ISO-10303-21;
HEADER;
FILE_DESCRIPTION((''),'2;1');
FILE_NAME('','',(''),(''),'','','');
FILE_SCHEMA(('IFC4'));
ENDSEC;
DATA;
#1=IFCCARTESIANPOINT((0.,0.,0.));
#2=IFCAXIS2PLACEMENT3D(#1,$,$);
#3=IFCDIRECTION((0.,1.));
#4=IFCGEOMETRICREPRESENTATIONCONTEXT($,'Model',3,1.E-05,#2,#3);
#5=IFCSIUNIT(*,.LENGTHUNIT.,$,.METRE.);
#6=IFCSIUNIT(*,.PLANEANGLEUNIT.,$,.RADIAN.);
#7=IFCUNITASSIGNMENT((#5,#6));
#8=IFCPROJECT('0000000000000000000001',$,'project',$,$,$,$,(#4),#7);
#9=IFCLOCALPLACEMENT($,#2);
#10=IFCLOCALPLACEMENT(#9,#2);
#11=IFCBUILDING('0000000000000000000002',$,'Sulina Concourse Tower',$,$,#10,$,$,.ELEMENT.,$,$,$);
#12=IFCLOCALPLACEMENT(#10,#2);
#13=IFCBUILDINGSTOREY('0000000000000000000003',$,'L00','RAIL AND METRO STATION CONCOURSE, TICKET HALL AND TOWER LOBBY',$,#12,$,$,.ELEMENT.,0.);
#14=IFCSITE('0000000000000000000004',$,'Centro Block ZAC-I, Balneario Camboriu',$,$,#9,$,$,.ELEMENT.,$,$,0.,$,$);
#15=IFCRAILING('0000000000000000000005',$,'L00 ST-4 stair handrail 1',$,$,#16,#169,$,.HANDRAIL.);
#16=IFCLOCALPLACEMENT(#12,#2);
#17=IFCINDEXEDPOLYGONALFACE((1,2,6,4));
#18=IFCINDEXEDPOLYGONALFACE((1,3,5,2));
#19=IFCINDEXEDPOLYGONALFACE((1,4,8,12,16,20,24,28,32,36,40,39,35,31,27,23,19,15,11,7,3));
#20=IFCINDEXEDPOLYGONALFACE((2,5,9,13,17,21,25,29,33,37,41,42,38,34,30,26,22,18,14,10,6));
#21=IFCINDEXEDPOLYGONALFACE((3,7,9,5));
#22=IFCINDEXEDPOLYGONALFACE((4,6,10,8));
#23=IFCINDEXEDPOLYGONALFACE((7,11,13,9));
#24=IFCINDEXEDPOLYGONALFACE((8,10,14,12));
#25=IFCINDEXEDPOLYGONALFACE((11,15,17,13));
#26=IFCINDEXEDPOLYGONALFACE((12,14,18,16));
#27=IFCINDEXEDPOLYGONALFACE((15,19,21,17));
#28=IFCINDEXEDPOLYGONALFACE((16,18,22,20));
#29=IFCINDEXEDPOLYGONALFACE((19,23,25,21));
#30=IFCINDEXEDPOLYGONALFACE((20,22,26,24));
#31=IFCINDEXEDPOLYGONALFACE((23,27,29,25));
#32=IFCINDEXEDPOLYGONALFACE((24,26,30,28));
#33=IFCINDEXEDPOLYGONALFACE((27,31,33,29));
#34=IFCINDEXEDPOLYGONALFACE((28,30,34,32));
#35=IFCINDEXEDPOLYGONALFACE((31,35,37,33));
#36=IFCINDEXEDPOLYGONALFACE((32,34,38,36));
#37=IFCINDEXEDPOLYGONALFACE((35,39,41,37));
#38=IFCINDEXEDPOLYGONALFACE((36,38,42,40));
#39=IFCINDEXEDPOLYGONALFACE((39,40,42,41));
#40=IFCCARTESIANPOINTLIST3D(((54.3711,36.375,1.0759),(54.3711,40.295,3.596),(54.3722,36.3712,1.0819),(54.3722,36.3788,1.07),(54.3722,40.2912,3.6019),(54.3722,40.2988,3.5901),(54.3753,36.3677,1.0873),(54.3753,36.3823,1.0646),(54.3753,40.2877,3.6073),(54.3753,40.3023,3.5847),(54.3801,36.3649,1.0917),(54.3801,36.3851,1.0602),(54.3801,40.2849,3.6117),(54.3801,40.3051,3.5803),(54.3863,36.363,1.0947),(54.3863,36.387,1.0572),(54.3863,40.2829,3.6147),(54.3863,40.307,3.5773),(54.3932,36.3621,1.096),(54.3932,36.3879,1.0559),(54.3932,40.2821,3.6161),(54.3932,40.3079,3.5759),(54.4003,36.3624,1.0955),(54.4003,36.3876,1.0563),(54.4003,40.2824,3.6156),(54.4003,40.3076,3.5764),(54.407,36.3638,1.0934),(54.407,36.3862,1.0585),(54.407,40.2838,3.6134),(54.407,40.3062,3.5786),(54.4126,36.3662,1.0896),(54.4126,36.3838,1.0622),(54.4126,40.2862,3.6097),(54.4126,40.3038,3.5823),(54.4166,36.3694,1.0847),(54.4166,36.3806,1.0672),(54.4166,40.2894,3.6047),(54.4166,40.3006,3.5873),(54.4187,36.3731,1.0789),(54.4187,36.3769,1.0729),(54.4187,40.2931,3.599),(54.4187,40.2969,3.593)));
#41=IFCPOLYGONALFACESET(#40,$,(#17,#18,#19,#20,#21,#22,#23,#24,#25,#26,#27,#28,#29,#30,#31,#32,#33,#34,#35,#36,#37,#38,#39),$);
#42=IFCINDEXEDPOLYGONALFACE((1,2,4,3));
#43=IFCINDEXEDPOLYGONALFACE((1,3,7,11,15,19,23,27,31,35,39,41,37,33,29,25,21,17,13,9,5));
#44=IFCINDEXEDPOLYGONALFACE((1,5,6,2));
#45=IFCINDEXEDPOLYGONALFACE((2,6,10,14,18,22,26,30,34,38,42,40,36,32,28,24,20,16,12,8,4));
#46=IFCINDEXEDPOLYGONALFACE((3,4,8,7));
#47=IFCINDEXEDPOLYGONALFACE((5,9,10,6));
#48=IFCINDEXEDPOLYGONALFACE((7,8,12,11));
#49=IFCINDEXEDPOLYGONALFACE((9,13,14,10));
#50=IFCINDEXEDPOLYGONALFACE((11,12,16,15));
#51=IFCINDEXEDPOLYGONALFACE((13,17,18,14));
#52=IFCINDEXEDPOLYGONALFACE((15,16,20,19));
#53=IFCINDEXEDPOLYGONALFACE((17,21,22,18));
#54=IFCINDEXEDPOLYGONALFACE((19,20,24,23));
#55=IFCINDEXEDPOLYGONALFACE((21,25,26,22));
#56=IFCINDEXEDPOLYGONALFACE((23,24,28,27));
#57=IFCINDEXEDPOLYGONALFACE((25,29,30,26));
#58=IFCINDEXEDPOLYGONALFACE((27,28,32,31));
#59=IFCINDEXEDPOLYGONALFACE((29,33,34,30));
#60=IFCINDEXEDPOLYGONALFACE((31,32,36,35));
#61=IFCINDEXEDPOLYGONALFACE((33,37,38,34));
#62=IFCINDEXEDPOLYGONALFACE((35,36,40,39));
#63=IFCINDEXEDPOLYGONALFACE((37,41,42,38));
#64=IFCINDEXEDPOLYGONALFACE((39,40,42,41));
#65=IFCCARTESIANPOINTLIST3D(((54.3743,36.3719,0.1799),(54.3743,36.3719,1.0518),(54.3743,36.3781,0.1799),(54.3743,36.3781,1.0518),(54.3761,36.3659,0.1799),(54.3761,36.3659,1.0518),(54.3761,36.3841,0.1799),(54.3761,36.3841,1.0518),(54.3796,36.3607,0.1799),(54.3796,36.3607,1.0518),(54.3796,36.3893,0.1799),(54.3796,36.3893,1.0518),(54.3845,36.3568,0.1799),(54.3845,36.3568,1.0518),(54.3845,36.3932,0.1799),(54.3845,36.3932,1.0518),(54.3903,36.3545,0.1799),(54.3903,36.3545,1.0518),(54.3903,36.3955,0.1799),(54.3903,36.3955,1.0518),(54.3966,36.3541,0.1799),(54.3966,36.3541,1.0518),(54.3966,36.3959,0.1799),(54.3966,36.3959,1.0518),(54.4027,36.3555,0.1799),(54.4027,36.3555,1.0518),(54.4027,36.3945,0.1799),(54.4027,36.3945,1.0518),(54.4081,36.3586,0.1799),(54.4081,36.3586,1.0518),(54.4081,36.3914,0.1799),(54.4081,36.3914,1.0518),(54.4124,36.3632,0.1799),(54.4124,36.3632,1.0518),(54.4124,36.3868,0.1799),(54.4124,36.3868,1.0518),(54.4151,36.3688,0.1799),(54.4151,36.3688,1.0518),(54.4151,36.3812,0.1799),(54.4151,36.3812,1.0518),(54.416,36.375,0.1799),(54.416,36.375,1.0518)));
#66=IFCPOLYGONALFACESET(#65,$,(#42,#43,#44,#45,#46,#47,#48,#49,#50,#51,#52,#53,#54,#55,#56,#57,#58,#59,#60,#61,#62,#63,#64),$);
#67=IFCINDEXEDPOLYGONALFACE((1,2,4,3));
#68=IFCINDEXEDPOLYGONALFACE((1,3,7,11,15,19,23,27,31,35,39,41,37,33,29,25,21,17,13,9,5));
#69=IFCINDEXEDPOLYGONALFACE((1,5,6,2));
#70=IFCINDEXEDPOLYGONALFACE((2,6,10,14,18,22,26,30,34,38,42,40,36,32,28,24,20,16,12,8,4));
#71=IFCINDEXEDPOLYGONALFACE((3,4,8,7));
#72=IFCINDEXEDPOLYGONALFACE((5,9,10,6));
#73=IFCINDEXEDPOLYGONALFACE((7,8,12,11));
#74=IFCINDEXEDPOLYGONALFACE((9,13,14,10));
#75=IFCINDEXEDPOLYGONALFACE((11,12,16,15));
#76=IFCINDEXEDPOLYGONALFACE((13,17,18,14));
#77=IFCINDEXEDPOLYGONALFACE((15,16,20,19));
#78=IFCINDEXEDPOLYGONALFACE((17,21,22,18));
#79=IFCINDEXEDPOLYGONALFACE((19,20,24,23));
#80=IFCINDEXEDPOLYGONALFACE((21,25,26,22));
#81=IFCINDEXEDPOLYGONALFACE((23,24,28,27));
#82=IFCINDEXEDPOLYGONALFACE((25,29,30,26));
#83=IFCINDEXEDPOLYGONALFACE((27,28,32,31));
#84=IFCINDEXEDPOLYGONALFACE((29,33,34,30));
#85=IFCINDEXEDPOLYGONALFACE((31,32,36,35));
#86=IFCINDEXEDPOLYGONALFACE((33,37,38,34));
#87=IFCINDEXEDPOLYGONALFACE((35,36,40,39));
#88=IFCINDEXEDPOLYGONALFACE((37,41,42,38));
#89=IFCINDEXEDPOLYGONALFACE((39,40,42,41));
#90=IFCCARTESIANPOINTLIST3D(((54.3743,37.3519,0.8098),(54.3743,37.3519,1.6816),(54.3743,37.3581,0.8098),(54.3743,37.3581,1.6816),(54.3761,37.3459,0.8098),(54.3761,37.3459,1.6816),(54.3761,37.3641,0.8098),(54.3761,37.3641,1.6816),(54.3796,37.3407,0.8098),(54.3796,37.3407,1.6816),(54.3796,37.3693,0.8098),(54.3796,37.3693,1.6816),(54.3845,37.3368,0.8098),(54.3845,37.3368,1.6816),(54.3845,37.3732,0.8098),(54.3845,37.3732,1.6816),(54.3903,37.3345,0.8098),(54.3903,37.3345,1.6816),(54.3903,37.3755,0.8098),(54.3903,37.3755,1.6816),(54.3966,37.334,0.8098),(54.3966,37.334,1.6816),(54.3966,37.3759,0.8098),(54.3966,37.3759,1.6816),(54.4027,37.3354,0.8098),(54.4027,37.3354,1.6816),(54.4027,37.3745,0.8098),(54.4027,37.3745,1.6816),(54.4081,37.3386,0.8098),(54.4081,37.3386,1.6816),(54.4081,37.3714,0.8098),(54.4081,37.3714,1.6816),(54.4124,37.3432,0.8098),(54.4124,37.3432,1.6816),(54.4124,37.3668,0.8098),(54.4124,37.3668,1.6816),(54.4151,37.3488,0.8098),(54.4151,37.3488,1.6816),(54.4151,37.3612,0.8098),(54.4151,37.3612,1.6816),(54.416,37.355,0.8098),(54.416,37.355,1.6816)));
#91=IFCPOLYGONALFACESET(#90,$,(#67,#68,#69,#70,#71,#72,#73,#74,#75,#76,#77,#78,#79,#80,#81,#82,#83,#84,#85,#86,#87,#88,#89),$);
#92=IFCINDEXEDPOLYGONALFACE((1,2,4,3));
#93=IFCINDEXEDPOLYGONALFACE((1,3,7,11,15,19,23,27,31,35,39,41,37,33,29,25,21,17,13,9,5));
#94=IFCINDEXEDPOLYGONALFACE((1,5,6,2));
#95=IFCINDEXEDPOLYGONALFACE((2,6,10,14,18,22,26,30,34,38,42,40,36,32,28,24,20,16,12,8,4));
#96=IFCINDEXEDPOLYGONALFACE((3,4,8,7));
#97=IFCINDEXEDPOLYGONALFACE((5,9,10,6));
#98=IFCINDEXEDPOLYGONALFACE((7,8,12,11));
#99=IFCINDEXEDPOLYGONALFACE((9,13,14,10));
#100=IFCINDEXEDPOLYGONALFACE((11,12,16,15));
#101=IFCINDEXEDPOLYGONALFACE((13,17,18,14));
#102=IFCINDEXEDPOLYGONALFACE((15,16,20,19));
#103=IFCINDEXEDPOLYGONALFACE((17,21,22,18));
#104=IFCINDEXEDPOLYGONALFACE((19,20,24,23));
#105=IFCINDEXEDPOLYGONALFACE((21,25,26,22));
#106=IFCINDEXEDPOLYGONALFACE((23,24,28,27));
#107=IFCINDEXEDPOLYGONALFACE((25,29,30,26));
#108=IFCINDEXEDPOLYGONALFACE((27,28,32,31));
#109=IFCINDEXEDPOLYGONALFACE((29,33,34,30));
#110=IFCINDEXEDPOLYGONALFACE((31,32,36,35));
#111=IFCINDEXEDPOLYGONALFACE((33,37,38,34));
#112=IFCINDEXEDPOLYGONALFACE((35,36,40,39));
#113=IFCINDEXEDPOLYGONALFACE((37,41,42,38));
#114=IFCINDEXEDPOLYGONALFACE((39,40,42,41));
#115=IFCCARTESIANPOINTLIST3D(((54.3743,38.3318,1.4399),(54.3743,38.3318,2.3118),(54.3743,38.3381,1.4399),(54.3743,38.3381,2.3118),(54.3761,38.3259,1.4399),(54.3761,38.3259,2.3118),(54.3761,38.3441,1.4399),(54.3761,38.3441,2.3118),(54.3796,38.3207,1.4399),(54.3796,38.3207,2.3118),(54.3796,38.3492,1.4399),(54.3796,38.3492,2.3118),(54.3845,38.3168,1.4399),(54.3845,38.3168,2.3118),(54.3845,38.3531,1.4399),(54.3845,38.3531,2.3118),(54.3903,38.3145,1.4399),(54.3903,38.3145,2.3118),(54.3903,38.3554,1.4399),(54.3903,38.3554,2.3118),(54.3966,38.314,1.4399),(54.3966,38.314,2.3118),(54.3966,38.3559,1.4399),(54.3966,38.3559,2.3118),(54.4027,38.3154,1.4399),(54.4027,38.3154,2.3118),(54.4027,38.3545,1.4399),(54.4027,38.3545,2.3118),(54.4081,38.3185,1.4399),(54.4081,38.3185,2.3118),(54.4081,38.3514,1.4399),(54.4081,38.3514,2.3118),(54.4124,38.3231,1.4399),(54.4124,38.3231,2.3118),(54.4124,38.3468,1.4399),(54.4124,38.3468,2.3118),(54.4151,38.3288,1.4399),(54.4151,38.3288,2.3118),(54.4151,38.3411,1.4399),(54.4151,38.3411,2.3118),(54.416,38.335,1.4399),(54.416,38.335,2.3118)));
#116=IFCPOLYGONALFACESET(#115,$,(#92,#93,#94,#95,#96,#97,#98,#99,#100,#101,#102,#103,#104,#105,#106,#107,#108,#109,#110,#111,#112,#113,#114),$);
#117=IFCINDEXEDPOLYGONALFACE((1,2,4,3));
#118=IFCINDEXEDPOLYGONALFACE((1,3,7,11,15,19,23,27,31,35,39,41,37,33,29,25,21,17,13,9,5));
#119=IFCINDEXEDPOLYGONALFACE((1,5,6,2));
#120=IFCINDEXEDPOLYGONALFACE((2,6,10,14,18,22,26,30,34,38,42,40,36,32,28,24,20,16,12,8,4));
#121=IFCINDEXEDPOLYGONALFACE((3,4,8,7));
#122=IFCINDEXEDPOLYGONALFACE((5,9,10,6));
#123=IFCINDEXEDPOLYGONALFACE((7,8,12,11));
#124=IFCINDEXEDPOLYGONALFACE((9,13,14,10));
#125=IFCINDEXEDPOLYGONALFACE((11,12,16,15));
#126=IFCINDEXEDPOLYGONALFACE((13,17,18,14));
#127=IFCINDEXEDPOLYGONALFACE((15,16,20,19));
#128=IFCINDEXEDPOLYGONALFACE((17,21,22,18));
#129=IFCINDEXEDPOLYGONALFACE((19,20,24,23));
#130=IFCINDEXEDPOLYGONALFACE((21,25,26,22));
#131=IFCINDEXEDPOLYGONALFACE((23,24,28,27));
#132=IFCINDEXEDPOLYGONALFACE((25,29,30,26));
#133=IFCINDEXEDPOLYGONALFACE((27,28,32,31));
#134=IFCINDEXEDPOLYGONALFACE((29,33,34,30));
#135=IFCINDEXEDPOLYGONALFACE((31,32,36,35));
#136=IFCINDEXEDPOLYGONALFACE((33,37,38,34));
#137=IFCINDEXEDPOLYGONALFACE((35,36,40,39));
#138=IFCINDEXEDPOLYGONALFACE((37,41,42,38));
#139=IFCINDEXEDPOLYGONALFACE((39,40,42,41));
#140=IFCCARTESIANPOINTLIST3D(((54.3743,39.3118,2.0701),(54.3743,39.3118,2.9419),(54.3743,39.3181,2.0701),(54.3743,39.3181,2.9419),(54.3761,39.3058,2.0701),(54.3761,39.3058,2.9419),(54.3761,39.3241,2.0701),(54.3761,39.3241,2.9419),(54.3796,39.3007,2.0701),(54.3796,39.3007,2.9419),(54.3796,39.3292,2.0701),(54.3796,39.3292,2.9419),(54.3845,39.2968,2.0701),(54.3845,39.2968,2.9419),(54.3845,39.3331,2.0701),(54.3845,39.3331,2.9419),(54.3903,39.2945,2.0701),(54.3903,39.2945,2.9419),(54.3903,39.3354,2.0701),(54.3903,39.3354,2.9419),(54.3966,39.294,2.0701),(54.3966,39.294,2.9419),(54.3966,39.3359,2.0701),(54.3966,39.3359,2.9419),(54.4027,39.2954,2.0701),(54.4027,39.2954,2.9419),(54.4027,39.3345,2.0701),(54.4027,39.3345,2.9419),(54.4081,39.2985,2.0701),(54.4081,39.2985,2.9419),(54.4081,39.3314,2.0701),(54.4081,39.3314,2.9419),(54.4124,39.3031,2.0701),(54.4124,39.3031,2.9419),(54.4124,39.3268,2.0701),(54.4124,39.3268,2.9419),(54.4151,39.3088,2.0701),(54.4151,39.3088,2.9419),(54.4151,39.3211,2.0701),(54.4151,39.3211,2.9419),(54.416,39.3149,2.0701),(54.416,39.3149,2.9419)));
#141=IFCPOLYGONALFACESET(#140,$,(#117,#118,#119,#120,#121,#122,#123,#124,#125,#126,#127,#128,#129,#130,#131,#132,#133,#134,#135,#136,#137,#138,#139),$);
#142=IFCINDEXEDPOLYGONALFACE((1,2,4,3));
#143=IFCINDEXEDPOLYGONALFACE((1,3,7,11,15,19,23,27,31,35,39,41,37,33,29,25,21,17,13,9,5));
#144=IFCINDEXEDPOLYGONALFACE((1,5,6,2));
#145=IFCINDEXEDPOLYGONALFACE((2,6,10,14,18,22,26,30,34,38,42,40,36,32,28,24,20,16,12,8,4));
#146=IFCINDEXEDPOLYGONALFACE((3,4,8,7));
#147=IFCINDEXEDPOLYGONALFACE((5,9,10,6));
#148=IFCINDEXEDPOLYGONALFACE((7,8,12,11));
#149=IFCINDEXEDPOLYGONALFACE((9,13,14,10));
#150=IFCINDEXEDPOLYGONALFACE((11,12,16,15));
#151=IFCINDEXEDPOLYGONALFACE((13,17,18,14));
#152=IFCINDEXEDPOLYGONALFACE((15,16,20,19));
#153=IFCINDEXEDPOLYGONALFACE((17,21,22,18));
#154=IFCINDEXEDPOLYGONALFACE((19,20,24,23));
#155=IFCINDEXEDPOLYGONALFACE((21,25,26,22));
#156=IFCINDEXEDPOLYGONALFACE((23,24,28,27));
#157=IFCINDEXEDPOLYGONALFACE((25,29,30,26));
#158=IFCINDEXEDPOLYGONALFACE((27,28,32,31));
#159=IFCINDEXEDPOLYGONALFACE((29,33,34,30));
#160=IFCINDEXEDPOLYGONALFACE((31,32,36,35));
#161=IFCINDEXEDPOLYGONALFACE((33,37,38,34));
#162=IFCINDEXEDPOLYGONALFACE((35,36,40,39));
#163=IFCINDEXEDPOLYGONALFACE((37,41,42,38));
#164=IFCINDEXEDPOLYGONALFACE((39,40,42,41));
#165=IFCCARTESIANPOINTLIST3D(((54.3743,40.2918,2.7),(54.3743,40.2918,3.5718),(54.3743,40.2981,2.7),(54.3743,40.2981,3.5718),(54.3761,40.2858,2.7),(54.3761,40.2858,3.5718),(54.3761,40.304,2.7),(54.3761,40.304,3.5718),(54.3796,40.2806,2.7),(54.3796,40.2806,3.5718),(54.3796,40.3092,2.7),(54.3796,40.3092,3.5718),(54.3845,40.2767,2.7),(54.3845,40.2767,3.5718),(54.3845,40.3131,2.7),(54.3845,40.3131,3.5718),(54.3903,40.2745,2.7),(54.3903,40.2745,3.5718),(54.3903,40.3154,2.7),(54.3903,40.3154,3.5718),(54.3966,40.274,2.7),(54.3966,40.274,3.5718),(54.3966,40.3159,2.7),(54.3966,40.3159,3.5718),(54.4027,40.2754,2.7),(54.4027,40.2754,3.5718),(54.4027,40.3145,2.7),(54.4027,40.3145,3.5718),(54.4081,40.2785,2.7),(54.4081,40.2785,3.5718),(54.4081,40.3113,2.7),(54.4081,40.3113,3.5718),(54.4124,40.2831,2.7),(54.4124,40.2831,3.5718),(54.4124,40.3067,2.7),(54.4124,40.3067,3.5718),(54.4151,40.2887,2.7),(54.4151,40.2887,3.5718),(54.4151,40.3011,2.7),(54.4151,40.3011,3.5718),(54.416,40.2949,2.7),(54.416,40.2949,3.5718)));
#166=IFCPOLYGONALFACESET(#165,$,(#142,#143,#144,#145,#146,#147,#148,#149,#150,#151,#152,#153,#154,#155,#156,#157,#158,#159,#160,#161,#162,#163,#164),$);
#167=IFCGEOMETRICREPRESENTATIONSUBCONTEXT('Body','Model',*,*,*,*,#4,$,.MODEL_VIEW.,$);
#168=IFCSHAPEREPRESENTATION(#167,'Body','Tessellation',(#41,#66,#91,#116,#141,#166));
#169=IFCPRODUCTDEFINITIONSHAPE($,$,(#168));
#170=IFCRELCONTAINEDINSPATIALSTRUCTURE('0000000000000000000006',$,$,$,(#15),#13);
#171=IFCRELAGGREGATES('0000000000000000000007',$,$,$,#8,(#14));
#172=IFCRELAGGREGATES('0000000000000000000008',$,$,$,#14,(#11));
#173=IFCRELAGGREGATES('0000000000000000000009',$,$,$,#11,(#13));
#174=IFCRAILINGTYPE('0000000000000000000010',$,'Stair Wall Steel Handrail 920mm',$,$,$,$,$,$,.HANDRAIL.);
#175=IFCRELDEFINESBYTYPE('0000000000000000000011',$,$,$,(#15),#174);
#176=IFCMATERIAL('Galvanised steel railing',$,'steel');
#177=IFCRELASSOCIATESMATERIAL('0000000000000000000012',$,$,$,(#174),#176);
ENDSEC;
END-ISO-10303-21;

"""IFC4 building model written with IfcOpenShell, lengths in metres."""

from ifc_helpers import new_model, si_unit, direction, frame, origin, origin_2d, place, context, subcontext, project, spatial, circle, extrude, material, type_object, element, save


model = new_model("IFC4")

# Units and contexts
model_context = context("Model", 3, precision=1e-05, world=origin(), true_north=direction((0.0, 1.0)))
body_context = subcontext(model_context, "Body", "Model", "MODEL_VIEW")
ifc_project = project(units=[si_unit("LENGTHUNIT", "METRE"), si_unit("PLANEANGLEUNIT", "RADIAN")], contexts=[model_context])

# Site, building, storey
site_placement = place(None, origin())
site = spatial("IfcSite", under=ifc_project, at=site_placement, Name="Centro Block ZAC-I, Balneario Camboriu", CompositionType="ELEMENT", RefElevation=0.0)
building_placement = place(site_placement, origin())
building = spatial("IfcBuilding", under=site, at=building_placement, Name="Sulina Concourse Tower", CompositionType="ELEMENT")
storey_placement = place(building_placement, origin())
storey = spatial("IfcBuildingStorey", under=building, at=storey_placement, Name="L00", Description="RAIL AND METRO STATION CONCOURSE, TICKET HALL AND TOWER LOBBY", CompositionType="ELEMENT", Elevation=0.0)

# Railing
ifc_material_1 = material(Name="Galvanised steel railing", Category="steel")
railing_type_1 = type_object("IfcRailingType", Name="Stair Wall Steel Handrail 920mm", PredefinedType="HANDRAIL", material=ifc_material_1)
railing_1_placement = place(storey_placement, frame((54.395, 36.375, 0.1799)))
element("IfcRailing", 1, at=railing_1_placement, inside=storey, type_object=railing_type_1, Name="L00 ST-4 stair handrail 1", PredefinedType="HANDRAIL", context=body_context, shape_type="SweptSolid", body=[
    extrude(circle(Radius=0.0239, at=origin_2d()), frame((0.0, 0.0, 0.896), z_axis=(0.0, 0.841172, 0.540768), x_axis=(-1.0, 0.0, 0.0)), (0.0, 0.0, 1.0), 4.6602),
    extrude(circle(Radius=0.021, at=origin_2d()), origin(), (0.0, 0.0, 1.0), 0.8718),
    extrude(circle(Radius=0.021, at=origin_2d()), frame((0.0, 0.98, 0.6299)), (0.0, 0.0, 1.0), 0.8718),
    extrude(circle(Radius=0.021, at=origin_2d()), frame((0.0, 1.96, 1.26)), (0.0, 0.0, 1.0), 0.8718),
    extrude(circle(Radius=0.021, at=origin_2d()), frame((0.0, 2.9399, 1.8901)), (0.0, 0.0, 1.0), 0.8718),
    extrude(circle(Radius=0.021, at=origin_2d()), frame((0.0, 3.9199, 2.52)), (0.0, 0.0, 1.0), 0.8718),
])

save(model, "model.ifc")
